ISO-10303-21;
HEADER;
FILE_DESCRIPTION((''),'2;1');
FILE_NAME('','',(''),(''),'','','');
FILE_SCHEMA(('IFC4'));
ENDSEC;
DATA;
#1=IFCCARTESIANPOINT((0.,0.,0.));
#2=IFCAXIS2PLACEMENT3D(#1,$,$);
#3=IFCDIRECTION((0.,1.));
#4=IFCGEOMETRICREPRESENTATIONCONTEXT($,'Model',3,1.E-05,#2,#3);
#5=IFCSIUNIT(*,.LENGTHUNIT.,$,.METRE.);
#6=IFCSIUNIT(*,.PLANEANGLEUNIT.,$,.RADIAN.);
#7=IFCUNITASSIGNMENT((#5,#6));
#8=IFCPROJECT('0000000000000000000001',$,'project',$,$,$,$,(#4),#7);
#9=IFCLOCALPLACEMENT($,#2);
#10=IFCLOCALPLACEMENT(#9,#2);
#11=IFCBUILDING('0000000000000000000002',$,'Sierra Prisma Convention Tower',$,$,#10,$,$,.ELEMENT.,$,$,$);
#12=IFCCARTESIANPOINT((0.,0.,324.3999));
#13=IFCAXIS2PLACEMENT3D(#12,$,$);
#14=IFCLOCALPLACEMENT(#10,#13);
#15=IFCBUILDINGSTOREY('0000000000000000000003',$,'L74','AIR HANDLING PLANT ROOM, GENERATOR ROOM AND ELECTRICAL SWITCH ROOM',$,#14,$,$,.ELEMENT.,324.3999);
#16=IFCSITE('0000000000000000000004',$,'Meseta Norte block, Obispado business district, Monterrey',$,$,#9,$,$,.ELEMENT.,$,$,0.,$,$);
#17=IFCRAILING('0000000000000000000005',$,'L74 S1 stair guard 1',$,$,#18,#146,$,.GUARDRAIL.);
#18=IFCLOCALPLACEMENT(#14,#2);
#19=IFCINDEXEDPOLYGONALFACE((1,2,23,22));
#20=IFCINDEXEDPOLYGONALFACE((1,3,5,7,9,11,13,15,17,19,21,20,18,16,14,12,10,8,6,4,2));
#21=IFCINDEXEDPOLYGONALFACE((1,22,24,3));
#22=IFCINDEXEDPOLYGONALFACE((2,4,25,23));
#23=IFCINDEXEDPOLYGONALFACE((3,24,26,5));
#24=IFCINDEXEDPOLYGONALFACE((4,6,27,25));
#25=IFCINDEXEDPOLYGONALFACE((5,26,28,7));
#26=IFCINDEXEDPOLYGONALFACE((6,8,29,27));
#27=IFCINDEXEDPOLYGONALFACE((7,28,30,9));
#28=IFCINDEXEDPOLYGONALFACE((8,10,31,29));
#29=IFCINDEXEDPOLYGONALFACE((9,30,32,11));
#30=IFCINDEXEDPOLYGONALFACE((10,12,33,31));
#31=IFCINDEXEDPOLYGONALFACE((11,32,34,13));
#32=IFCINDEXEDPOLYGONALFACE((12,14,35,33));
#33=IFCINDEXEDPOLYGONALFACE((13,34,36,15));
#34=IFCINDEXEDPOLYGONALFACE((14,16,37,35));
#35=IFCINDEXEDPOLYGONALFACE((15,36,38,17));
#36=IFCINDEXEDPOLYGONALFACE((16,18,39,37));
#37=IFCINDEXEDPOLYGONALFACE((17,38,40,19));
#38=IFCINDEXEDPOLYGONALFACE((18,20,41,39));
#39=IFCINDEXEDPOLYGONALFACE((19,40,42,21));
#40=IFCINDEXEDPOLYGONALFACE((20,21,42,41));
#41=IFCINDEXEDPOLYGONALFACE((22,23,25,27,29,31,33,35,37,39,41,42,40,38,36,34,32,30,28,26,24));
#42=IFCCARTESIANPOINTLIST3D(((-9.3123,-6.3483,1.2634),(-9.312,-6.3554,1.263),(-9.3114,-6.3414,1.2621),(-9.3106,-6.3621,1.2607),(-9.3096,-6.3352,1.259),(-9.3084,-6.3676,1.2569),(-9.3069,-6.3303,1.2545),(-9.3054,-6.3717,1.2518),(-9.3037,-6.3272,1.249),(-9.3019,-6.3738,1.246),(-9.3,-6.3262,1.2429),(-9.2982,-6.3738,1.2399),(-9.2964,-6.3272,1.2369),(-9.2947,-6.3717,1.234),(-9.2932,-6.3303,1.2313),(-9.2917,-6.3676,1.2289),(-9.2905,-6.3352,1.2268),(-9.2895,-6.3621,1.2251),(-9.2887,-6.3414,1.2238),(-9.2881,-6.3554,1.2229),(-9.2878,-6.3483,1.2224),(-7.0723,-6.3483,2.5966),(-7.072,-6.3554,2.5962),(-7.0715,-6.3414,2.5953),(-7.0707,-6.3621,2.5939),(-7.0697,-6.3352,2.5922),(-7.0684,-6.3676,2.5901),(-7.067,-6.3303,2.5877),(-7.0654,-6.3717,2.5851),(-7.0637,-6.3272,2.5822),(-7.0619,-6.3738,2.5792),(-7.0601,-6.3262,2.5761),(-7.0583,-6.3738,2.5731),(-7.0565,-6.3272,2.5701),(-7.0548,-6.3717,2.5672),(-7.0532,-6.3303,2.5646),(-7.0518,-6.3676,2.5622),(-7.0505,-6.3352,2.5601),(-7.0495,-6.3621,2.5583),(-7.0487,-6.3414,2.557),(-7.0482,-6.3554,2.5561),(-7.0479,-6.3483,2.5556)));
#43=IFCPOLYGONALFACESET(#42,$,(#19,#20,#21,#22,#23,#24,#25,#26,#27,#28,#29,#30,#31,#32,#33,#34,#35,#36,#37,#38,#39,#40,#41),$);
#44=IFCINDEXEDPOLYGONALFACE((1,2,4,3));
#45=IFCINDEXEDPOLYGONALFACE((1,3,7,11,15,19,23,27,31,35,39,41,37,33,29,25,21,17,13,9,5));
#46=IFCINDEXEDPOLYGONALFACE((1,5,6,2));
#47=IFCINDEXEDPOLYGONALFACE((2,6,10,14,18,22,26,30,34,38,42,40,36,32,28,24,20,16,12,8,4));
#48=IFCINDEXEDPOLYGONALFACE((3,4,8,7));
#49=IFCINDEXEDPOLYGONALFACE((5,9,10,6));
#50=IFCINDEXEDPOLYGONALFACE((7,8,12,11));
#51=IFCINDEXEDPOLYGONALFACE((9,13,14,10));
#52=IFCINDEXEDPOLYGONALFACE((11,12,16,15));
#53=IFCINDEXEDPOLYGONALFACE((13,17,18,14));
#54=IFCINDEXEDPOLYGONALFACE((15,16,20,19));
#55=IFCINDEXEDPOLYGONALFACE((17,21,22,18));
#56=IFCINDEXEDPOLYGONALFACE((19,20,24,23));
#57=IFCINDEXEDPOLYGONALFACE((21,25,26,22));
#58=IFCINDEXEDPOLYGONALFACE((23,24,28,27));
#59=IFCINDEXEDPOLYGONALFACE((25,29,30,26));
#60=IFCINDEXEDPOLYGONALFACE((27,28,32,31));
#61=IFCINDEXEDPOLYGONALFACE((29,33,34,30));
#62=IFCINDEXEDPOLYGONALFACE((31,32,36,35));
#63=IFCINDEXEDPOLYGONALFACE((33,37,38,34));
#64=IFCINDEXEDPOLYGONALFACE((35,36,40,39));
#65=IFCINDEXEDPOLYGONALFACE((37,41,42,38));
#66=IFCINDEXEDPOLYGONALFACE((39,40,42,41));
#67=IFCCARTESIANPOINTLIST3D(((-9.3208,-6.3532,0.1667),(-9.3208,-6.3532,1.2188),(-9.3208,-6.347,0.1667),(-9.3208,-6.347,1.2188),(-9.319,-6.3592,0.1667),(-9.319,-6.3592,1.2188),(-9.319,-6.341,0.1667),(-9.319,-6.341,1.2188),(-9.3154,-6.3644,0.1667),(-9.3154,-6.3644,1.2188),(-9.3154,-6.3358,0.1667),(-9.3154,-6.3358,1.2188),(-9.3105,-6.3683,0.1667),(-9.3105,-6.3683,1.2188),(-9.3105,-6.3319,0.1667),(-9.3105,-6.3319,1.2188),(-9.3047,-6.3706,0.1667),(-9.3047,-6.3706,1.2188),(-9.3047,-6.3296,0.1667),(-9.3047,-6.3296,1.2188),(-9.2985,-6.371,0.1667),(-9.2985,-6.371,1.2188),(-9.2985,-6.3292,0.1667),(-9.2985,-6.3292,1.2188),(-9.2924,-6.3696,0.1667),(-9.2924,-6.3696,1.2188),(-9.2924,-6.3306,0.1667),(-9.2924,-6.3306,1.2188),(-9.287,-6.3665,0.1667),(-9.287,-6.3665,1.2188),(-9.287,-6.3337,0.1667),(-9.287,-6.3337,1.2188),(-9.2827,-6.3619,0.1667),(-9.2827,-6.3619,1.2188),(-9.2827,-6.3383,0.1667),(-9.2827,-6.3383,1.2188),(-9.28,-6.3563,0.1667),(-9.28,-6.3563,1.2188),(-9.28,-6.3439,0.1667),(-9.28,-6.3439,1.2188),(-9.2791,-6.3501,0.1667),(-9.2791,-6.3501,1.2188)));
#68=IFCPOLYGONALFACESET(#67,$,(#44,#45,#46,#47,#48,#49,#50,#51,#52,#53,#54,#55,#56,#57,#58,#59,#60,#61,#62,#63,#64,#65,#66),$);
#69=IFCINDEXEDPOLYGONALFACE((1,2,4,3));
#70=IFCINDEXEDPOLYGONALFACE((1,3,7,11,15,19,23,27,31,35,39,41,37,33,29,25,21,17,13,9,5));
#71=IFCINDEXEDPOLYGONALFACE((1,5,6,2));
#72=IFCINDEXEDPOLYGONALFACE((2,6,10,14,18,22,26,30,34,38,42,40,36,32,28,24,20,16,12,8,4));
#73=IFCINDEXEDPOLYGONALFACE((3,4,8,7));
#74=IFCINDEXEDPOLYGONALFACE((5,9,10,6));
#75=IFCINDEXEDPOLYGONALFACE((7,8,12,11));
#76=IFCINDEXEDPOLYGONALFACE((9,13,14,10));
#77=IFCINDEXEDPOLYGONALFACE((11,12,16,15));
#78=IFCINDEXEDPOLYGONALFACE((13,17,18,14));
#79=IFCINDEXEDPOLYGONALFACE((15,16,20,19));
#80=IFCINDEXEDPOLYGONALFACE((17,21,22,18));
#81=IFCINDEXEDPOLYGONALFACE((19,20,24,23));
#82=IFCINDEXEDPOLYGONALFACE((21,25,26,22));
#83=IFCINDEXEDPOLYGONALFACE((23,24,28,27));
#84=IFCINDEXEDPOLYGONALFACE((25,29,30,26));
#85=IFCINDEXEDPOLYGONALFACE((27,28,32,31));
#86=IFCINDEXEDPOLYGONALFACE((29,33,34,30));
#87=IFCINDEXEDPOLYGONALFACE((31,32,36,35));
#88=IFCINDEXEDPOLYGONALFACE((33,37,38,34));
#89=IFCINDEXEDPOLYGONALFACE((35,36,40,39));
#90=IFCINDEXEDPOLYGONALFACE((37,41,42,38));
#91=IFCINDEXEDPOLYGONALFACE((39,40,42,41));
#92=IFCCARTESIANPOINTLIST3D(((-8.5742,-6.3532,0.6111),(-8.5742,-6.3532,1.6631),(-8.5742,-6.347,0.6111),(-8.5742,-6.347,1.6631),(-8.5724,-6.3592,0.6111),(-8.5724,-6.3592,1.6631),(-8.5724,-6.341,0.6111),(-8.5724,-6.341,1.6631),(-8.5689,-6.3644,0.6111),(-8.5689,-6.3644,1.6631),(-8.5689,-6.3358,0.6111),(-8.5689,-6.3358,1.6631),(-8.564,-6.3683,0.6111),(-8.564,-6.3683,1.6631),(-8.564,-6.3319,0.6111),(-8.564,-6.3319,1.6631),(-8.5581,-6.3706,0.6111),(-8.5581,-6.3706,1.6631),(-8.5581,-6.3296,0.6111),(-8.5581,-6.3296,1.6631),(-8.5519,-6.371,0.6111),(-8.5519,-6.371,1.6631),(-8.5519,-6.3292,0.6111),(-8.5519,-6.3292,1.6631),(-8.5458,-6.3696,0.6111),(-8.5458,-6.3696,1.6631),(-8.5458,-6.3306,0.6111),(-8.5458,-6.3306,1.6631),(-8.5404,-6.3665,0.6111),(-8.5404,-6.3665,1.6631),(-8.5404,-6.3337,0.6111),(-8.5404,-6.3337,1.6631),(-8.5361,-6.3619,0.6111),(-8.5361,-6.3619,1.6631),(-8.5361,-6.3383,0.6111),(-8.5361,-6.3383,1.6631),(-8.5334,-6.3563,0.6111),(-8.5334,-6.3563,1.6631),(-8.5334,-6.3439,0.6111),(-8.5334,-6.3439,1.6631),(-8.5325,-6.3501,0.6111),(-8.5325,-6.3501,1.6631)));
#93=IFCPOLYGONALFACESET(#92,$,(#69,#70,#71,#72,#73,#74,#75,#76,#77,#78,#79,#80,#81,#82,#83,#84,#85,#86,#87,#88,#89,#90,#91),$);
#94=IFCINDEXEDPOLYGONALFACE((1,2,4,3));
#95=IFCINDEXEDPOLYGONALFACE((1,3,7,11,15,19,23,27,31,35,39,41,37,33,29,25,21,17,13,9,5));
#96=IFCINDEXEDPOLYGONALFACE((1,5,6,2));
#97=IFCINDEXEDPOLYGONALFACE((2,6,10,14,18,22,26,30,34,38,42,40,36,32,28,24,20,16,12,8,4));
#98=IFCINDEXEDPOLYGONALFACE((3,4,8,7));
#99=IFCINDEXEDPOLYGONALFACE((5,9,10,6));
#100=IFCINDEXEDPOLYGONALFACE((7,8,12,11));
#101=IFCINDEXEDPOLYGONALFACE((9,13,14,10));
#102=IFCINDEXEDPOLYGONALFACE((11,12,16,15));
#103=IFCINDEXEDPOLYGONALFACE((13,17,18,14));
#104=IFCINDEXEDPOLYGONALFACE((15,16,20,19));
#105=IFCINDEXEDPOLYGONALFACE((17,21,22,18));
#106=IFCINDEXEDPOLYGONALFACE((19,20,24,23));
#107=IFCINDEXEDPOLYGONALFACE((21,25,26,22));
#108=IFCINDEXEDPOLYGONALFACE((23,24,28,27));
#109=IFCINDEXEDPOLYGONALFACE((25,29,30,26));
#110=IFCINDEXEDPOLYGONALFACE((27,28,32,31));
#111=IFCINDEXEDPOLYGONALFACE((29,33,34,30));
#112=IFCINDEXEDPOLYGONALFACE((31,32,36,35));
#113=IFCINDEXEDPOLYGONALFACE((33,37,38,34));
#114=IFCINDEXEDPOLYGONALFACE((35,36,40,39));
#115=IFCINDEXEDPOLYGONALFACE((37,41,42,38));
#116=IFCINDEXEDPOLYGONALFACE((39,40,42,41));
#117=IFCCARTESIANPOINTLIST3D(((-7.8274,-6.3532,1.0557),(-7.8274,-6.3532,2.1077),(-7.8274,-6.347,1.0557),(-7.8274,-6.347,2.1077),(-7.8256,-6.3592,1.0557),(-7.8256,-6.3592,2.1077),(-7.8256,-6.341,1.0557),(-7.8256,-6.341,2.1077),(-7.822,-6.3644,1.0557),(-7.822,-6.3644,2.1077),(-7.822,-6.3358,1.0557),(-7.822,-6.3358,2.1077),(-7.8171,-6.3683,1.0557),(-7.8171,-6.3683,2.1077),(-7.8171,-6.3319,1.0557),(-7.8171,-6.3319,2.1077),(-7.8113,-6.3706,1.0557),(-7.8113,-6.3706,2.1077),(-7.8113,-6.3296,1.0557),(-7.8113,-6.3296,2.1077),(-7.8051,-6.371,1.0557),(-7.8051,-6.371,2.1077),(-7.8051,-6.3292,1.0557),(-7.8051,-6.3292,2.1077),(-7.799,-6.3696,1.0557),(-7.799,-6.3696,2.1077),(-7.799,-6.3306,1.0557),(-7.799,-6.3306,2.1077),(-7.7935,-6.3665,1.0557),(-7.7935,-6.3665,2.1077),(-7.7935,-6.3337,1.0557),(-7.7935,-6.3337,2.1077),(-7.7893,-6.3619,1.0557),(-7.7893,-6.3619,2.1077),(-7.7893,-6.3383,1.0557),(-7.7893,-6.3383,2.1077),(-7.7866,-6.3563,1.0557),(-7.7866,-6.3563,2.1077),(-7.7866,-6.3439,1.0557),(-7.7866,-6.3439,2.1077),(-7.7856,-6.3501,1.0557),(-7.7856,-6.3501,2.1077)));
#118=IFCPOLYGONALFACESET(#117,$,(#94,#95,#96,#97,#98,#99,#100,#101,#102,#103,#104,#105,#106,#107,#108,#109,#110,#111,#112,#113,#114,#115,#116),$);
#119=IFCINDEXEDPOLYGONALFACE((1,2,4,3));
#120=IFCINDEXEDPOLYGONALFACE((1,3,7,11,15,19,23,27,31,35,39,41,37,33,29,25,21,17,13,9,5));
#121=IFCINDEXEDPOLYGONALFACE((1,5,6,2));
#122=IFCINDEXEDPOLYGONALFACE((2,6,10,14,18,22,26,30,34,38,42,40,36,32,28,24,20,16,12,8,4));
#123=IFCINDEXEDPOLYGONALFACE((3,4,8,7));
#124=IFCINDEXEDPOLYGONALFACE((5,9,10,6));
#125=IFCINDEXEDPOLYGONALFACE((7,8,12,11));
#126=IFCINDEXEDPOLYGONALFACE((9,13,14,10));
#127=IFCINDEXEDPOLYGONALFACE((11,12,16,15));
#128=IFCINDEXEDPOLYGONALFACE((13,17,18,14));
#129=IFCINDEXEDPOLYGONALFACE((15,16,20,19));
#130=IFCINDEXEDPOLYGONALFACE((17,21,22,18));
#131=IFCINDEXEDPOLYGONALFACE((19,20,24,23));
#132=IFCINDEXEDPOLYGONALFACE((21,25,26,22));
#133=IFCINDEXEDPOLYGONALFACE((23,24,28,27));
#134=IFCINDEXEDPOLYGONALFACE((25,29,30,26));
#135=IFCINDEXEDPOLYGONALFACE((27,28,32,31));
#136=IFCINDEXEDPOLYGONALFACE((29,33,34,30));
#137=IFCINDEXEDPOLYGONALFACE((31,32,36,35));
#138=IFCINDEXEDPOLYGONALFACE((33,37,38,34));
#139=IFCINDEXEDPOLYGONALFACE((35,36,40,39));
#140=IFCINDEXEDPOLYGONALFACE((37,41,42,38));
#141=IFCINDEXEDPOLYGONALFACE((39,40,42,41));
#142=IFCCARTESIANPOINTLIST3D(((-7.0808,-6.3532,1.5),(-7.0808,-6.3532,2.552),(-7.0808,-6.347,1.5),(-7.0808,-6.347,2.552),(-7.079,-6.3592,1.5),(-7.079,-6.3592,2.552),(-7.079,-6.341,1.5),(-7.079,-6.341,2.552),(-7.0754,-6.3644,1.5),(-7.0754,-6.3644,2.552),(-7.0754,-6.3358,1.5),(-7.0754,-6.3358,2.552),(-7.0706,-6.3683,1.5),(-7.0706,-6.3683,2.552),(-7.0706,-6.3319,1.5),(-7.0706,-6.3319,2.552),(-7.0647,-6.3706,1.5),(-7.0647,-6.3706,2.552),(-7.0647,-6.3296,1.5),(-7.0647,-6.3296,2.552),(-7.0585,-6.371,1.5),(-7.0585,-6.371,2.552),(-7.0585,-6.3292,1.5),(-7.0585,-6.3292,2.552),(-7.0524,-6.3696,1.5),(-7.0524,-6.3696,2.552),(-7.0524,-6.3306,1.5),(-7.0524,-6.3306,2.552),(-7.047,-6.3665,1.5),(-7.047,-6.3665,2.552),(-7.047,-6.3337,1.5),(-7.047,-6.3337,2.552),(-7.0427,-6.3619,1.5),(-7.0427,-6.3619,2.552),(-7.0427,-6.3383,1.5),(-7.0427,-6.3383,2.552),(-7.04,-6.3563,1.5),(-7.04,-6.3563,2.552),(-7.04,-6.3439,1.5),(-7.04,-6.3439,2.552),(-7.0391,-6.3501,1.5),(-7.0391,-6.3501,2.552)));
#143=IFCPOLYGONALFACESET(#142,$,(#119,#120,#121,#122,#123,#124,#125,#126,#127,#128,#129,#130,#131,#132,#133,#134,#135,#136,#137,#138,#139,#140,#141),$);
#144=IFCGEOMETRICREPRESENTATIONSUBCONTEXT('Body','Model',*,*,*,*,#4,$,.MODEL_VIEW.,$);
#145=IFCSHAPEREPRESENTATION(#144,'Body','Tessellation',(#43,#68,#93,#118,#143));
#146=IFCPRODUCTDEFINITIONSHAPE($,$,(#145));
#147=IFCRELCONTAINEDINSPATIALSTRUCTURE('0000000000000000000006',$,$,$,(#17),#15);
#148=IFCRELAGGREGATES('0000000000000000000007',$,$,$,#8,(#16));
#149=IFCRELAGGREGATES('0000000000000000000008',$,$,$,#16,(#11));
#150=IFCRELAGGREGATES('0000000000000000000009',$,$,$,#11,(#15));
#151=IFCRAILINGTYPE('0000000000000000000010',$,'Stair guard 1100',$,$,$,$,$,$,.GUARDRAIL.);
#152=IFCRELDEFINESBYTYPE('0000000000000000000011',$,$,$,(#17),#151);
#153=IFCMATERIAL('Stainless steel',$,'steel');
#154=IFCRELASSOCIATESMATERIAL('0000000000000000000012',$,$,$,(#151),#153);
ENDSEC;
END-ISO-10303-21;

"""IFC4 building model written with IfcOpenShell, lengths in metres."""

from ifc_helpers import new_model, si_unit, direction, frame, origin, origin_2d, place, context, subcontext, project, spatial, circle, extrude, material, type_object, element, save


model = new_model("IFC4")

# Units and contexts
model_context = context("Model", 3, precision=1e-05, world=origin(), true_north=direction((0.0, 1.0)))
body_context = subcontext(model_context, "Body", "Model", "MODEL_VIEW")
ifc_project = project(units=[si_unit("LENGTHUNIT", "METRE"), si_unit("PLANEANGLEUNIT", "RADIAN")], contexts=[model_context])

# Site, building, storey
site_placement = place(None, origin())
site = spatial("IfcSite", under=ifc_project, at=site_placement, Name="Meseta Norte block, Obispado business district, Monterrey", CompositionType="ELEMENT", RefElevation=0.0)
building_placement = place(site_placement, origin())
building = spatial("IfcBuilding", under=site, at=building_placement, Name="Sierra Prisma Convention Tower", CompositionType="ELEMENT")
storey_placement = place(building_placement, frame((0.0, 0.0, 324.3999)))
storey = spatial("IfcBuildingStorey", under=building, at=storey_placement, Name="L74", Description="AIR HANDLING PLANT ROOM, GENERATOR ROOM AND ELECTRICAL SWITCH ROOM", CompositionType="ELEMENT", Elevation=324.3999)

# Railing
ifc_material_1 = material(Name="Stainless steel", Category="steel")
railing_type_1 = type_object("IfcRailingType", Name="Stair guard 1100", PredefinedType="GUARDRAIL", material=ifc_material_1)
railing_1_placement = place(storey_placement, frame((-9.3, -6.3501, 0.1667)))
element("IfcRailing", 1, at=railing_1_placement, inside=storey, type_object=railing_type_1, Name="L74 S1 stair guard 1", PredefinedType="GUARDRAIL", context=body_context, shape_type="SweptSolid", body=[
    extrude(circle(Radius=0.0239, at=origin_2d()), frame((0.0, 0.0, 1.0762), z_axis=(0.859306, 0.0, 0.511462), x_axis=(0.0, 1.0, 0.0)), (0.0, 0.0, 1.0), 2.6067),
    extrude(circle(Radius=0.021, at=origin_2d()), origin(), (0.0, 0.0, 1.0), 1.052),
    extrude(circle(Radius=0.021, at=origin_2d()), frame((0.7466, 0.0, 0.4443)), (0.0, 0.0, 1.0), 1.052),
    extrude(circle(Radius=0.021, at=origin_2d()), frame((1.4934, 0.0, 0.8889)), (0.0, 0.0, 1.0), 1.052),
    extrude(circle(Radius=0.021, at=origin_2d()), frame((2.24, 0.0, 1.3333)), (0.0, 0.0, 1.0), 1.052),
])

save(model, "model.ifc")
